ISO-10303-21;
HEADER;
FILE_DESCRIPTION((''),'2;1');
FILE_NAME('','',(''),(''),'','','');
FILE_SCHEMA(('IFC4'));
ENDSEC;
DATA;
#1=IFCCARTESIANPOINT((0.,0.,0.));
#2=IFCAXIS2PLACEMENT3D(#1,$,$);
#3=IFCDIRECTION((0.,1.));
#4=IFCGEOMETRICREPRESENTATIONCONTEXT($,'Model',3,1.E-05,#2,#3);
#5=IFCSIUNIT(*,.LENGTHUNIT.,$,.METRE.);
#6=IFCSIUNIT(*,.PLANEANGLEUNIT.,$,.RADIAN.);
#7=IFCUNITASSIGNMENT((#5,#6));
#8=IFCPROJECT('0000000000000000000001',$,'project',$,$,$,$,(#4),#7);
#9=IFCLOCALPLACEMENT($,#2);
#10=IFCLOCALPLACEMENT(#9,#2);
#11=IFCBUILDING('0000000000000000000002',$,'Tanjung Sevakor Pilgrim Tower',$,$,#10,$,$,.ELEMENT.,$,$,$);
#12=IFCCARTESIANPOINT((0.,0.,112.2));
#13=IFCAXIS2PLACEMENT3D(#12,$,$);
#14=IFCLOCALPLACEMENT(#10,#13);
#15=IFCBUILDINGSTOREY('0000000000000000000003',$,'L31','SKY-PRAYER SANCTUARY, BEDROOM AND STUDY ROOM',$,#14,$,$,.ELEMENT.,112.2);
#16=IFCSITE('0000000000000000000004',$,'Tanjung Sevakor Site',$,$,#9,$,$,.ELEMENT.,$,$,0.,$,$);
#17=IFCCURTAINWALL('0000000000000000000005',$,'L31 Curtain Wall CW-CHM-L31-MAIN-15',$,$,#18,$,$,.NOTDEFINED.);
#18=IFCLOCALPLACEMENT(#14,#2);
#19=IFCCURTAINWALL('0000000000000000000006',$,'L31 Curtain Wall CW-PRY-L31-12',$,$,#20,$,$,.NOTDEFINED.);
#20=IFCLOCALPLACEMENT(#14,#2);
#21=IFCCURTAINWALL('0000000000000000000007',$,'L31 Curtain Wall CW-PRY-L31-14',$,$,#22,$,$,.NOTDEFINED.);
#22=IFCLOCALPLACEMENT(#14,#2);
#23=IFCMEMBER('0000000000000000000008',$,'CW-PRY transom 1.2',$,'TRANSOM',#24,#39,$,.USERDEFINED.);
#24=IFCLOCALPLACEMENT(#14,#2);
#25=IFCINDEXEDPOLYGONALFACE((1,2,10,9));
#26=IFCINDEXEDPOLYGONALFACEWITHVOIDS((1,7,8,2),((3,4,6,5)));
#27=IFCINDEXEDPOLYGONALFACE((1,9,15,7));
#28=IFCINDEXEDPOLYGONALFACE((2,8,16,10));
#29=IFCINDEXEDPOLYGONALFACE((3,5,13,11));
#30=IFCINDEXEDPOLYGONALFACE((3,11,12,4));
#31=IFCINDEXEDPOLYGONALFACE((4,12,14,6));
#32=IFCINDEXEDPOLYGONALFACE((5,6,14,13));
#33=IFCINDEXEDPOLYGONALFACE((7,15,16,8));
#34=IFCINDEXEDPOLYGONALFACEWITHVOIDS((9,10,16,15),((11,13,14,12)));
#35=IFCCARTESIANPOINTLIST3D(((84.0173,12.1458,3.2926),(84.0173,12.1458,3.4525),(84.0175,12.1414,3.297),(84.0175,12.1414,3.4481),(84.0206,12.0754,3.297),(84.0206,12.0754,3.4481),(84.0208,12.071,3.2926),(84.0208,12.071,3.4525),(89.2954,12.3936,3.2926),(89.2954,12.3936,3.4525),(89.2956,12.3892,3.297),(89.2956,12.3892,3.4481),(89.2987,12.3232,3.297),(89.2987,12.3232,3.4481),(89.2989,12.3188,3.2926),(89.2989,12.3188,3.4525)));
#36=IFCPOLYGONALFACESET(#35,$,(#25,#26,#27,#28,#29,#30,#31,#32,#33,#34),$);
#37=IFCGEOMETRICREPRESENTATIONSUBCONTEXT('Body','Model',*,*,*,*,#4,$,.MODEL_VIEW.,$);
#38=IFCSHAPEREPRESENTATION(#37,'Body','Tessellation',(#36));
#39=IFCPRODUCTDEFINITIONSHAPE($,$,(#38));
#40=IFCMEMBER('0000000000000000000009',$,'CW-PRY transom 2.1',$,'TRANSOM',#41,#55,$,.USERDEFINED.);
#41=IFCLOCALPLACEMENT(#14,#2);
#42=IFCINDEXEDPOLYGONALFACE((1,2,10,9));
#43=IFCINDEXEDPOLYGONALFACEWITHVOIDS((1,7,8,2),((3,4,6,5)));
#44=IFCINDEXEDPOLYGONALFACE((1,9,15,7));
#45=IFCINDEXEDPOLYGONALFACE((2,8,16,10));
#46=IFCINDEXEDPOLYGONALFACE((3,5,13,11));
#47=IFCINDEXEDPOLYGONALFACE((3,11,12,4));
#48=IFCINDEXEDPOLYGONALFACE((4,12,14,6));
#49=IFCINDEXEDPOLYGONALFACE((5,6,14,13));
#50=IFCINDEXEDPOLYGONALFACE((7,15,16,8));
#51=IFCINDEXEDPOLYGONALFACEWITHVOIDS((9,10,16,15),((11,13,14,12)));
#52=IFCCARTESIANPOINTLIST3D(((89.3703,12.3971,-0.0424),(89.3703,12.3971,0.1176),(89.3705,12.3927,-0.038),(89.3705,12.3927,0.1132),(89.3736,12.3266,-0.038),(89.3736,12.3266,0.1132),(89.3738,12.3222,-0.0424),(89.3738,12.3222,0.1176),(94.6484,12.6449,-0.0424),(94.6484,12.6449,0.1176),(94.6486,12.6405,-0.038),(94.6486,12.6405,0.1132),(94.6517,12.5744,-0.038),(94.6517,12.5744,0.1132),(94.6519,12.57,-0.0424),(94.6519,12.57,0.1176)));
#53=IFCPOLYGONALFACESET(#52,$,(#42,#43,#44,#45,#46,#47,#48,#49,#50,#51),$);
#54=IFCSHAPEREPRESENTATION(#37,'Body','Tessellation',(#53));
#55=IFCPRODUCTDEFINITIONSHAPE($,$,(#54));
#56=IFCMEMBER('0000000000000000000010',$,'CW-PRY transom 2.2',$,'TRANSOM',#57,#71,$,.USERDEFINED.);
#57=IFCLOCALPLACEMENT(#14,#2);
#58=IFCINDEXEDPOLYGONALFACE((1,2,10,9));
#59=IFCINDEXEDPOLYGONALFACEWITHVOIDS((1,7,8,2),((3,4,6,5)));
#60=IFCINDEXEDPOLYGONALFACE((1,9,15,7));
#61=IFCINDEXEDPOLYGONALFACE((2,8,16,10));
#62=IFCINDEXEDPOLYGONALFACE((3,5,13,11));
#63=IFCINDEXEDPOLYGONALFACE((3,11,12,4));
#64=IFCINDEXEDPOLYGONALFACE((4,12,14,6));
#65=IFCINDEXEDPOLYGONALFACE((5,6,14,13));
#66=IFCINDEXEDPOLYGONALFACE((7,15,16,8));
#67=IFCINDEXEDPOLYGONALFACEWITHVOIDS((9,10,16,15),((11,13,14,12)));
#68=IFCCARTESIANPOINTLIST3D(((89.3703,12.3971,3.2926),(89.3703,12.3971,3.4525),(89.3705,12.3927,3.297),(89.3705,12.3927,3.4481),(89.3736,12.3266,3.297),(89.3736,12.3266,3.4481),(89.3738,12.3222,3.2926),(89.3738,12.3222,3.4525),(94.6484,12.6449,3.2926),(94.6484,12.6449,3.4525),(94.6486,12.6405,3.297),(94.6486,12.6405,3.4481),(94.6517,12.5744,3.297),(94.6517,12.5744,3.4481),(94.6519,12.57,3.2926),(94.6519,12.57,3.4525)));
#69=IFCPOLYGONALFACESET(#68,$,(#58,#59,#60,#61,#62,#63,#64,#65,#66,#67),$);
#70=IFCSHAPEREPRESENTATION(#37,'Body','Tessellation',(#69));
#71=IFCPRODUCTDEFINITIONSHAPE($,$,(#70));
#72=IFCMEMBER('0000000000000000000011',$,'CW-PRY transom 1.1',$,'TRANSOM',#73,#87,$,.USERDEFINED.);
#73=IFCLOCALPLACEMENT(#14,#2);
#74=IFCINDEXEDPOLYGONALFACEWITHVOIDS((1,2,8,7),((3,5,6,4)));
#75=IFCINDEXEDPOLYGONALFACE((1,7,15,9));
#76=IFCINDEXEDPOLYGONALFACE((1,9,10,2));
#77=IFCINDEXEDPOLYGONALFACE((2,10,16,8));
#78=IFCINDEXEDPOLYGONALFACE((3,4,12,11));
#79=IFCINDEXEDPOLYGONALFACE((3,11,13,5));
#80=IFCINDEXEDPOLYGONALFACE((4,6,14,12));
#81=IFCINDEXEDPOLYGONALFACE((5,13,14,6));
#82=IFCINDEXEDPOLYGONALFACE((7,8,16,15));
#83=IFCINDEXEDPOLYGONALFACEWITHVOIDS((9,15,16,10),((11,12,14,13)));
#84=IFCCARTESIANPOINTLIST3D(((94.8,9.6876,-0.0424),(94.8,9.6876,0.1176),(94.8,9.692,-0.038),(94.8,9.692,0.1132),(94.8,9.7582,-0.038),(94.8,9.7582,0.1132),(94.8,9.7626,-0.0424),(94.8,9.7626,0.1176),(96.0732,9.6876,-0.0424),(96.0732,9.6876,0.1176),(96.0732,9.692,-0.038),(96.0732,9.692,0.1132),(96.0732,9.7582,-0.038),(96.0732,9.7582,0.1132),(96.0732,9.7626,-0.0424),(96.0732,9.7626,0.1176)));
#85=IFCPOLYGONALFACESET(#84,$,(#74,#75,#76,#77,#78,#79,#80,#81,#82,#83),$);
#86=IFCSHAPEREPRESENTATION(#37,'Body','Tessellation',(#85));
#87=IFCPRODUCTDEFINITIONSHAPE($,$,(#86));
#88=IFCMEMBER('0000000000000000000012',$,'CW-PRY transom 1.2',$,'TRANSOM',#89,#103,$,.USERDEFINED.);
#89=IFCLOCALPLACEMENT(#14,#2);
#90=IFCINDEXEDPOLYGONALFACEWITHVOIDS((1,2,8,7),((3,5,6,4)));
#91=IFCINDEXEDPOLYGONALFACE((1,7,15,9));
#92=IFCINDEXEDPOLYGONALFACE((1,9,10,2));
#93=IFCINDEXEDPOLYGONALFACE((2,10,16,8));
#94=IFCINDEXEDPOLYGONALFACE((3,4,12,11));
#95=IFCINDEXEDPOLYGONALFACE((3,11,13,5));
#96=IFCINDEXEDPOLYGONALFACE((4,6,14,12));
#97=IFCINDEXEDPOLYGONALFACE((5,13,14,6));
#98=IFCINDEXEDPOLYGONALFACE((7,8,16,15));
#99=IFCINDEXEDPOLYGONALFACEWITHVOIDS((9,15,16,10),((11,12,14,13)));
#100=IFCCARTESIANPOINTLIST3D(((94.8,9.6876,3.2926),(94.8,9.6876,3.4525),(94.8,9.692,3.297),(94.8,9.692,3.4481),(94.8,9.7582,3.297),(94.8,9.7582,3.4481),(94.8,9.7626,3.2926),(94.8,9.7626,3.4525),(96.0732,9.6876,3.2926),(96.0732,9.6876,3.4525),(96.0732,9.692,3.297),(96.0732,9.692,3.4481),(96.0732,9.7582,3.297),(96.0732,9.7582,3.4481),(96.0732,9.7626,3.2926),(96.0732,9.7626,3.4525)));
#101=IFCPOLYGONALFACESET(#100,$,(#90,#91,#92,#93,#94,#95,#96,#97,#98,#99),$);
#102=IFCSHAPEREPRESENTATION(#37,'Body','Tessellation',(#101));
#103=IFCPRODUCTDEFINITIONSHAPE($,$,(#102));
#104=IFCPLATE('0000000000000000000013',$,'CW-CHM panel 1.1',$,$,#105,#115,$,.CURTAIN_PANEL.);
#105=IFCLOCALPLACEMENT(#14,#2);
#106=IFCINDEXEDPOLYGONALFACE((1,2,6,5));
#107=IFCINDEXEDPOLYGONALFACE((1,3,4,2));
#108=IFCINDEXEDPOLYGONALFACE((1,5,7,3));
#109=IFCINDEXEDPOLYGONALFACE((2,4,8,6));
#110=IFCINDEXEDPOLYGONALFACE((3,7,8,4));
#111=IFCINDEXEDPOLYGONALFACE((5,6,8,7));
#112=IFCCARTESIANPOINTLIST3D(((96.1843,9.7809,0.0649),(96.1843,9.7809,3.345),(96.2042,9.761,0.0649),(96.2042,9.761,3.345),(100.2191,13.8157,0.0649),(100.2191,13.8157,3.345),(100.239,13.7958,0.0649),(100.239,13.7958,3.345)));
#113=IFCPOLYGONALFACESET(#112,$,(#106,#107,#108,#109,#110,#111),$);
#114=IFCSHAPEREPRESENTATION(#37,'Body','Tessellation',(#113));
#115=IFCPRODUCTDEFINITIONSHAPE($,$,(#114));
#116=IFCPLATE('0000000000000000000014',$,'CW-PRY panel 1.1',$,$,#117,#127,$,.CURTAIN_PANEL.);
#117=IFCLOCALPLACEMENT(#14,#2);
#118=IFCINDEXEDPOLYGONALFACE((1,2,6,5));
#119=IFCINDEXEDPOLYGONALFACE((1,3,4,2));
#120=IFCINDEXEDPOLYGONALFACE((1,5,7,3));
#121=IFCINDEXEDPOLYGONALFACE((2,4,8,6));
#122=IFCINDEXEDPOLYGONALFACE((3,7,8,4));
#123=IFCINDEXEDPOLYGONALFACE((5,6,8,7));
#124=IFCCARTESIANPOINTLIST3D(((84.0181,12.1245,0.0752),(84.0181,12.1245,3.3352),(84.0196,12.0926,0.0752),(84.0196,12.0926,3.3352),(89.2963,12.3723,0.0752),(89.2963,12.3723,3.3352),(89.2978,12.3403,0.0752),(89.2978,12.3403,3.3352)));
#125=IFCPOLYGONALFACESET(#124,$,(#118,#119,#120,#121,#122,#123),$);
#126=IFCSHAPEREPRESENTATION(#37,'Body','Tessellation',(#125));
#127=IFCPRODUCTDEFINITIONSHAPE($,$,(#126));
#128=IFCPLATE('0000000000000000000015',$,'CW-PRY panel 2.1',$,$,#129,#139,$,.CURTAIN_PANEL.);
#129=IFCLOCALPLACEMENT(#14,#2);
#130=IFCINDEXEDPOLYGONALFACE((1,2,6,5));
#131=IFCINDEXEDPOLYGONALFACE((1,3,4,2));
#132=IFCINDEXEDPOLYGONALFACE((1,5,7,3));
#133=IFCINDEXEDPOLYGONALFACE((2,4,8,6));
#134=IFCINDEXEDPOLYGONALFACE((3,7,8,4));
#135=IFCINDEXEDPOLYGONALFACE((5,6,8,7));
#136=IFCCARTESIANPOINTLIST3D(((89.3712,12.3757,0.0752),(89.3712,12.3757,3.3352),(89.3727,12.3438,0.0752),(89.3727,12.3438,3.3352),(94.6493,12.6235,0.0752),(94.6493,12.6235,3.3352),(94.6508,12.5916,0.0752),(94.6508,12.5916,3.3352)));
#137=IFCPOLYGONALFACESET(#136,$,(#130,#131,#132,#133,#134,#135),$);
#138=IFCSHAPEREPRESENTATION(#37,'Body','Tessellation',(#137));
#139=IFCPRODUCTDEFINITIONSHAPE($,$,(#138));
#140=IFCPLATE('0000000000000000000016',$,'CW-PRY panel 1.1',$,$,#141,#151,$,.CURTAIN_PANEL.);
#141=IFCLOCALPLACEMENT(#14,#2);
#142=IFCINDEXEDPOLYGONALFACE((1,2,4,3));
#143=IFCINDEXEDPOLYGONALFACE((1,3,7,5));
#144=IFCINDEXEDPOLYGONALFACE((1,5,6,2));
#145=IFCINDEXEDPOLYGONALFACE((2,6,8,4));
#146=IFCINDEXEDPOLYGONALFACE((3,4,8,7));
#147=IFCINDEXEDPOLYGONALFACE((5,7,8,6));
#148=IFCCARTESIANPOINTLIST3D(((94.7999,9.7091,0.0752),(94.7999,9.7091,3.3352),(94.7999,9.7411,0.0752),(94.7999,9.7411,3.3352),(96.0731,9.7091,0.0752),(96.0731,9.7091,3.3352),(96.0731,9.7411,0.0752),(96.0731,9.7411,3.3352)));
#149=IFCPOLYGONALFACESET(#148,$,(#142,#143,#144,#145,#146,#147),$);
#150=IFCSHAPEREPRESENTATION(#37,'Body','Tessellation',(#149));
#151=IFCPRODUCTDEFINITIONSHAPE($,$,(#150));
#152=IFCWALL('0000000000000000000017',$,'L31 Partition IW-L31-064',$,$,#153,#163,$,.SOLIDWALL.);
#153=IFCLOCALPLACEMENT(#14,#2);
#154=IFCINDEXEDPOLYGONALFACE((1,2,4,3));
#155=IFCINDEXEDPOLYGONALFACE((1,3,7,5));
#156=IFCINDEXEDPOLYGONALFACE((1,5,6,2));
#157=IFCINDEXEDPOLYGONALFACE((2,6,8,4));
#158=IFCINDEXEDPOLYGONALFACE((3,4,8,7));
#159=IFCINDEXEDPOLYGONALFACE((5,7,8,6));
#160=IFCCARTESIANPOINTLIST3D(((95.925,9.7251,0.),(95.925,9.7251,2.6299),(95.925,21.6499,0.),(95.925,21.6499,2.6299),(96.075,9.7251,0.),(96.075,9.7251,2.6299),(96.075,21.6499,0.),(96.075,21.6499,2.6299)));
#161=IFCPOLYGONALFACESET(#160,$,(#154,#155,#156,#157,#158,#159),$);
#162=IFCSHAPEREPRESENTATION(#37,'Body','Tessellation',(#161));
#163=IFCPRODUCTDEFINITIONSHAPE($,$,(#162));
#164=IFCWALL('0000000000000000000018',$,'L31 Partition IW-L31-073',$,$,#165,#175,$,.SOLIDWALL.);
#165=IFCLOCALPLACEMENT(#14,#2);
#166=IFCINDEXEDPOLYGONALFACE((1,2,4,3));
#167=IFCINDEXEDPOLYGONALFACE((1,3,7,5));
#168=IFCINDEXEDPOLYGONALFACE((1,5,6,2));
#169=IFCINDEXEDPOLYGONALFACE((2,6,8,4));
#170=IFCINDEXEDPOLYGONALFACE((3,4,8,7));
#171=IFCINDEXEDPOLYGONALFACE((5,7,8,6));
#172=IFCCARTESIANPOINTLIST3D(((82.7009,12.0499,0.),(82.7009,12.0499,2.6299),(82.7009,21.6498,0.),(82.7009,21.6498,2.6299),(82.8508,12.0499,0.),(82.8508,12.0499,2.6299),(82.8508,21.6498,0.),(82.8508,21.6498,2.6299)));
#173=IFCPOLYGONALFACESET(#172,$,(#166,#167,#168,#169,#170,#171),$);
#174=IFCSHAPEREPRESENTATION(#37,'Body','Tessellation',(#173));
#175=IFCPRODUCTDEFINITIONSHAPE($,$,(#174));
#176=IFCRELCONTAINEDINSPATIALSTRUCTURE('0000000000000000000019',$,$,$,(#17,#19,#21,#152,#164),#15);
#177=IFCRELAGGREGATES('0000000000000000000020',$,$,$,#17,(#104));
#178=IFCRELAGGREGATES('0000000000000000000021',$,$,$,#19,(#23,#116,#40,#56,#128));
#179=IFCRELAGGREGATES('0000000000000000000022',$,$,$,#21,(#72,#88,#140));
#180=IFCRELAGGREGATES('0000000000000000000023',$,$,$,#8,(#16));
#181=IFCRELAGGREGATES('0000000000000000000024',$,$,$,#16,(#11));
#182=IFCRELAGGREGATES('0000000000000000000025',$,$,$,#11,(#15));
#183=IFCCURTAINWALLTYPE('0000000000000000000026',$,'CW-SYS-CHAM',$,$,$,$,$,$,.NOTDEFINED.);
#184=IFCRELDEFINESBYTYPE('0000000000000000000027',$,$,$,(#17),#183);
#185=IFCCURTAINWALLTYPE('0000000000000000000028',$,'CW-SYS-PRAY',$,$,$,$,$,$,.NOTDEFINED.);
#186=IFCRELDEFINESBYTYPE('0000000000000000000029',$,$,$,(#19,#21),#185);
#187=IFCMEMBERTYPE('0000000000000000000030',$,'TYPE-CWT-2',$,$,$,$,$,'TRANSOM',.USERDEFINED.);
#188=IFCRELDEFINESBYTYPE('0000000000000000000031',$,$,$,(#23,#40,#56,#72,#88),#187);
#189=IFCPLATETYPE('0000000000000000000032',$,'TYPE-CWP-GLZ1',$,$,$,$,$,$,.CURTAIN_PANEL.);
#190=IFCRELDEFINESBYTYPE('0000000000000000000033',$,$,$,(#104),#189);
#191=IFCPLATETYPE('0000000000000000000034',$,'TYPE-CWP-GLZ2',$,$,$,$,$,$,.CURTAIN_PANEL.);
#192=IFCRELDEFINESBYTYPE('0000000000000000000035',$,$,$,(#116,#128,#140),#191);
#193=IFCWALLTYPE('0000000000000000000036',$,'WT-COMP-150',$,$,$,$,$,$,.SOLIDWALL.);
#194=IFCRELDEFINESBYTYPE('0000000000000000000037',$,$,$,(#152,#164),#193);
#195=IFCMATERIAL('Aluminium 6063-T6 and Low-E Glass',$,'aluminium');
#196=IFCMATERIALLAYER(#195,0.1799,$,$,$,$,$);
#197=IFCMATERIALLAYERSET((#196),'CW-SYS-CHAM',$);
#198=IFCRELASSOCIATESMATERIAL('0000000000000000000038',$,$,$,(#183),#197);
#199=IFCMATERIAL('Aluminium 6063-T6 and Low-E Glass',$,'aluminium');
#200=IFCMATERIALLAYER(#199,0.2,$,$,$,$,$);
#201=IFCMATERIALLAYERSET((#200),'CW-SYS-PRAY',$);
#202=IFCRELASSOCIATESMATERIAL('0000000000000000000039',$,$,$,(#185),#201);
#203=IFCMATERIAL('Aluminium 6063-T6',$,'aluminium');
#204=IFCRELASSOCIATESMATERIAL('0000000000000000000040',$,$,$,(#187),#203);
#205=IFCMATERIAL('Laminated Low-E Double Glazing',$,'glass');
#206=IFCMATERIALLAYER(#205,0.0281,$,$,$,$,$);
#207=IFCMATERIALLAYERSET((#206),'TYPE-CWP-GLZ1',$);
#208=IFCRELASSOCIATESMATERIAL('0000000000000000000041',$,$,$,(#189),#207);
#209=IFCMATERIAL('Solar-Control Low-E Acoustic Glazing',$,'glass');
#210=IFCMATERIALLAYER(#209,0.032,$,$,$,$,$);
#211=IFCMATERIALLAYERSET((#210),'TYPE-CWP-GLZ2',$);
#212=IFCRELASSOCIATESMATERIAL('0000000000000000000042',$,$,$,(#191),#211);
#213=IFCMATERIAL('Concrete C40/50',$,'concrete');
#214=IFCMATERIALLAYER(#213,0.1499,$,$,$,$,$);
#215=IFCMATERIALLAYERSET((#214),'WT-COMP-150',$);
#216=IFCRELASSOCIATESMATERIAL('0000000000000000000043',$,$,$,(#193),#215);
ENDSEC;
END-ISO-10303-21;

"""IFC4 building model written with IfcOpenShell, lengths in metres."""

from ifc_helpers import new_model, si_unit, direction, frame, frame_2d, origin, origin_2d, place, context, subcontext, project, spatial, rectangle, hollow_rectangle, extrude, material, layer, layer_set, material_profile, profile_set, type_object, element, aggregate, save


model = new_model("IFC4")

# Units and contexts
model_context = context("Model", 3, precision=1e-05, world=origin(), true_north=direction((0.0, 1.0)))
body_context = subcontext(model_context, "Body", "Model", "MODEL_VIEW")
ifc_project = project(units=[si_unit("LENGTHUNIT", "METRE"), si_unit("PLANEANGLEUNIT", "RADIAN")], contexts=[model_context])

# Site, building, storey
site_placement = place(None, origin())
site = spatial("IfcSite", under=ifc_project, at=site_placement, Name="Tanjung Sevakor Site", CompositionType="ELEMENT", RefElevation=0.0)
building_placement = place(site_placement, origin())
building = spatial("IfcBuilding", under=site, at=building_placement, Name="Tanjung Sevakor Pilgrim Tower", CompositionType="ELEMENT")
storey_placement = place(building_placement, frame((0.0, 0.0, 112.2)))
storey = spatial("IfcBuildingStorey", under=building, at=storey_placement, Name="L31", Description="SKY-PRAYER SANCTUARY, BEDROOM AND STUDY ROOM", CompositionType="ELEMENT", Elevation=112.2)

# Curtain wall
ifc_material_1 = material(Name="Aluminium 6063-T6 and Low-E Glass", Category="aluminium")
ifc_layer_1 = layer(ifc_material_1, 0.1799)
ifc_layer_set_1 = layer_set([ifc_layer_1], Name="CW-SYS-CHAM")
curtain_wall_type_1 = type_object("IfcCurtainWallType", Name="CW-SYS-CHAM", PredefinedType="NOTDEFINED", material=ifc_layer_set_1)
curtain_wall_1_placement = place(storey_placement, origin())
curtain_wall_1 = element("IfcCurtainWall", 1, at=curtain_wall_1_placement, inside=storey, type_object=curtain_wall_type_1, Name="L31 Curtain Wall CW-CHM-L31-MAIN-15", PredefinedType="NOTDEFINED")
ifc_material_2 = material(Name="Aluminium 6063-T6 and Low-E Glass", Category="aluminium")
ifc_layer_2 = layer(ifc_material_2, 0.2)
ifc_layer_set_2 = layer_set([ifc_layer_2], Name="CW-SYS-PRAY")
curtain_wall_type_2 = type_object("IfcCurtainWallType", Name="CW-SYS-PRAY", PredefinedType="NOTDEFINED", material=ifc_layer_set_2)

# Curtain walls
curtain_wall_2_placement = place(storey_placement, origin())
curtain_wall_2 = element("IfcCurtainWall", 2, at=curtain_wall_2_placement, inside=storey, type_object=curtain_wall_type_2, Name="L31 Curtain Wall CW-PRY-L31-12", PredefinedType="NOTDEFINED")
curtain_wall_3_placement = place(storey_placement, origin())
curtain_wall_3 = element("IfcCurtainWall", 3, at=curtain_wall_3_placement, inside=storey, type_object=curtain_wall_type_2, Name="L31 Curtain Wall CW-PRY-L31-14", PredefinedType="NOTDEFINED")

# Members
ifc_material_3 = material(Name="Aluminium 6063-T6", Category="aluminium")
ifc_material_profile_1 = material_profile(ifc_material_3, hollow_rectangle(XDim=0.075, YDim=0.1599, WallThickness=0.0044, at=origin_2d()))
ifc_profile_set_1 = profile_set([ifc_material_profile_1], Name="Aluminium 6063-T6")
member_type_1 = type_object("IfcMemberType", Name="TYPE-CWT-2", ElementType="TRANSOM", PredefinedType="USERDEFINED", material=ifc_profile_set_1)
member_1_placement = place(storey_placement, frame((84.019, 12.1084, 3.3726), z_axis=(0.9989, 0.046898, 0.0), x_axis=(-0.046898, 0.9989, 0.0)))
member_1 = element("IfcMember", 4, at=member_1_placement, type_object=member_type_1, Name="CW-PRY transom 1.2", ObjectType="TRANSOM", PredefinedType="USERDEFINED", context=body_context, shape_type="SweptSolid", body=[
    extrude(hollow_rectangle(XDim=0.075, YDim=0.1599, WallThickness=0.0044, at=origin_2d()), origin(), (0.0, 0.0, 1.0), 5.2839),
])
member_2_placement = place(storey_placement, frame((89.3721, 12.3596, 0.0376), z_axis=(0.9989, 0.046898, 0.0), x_axis=(-0.046898, 0.9989, 0.0)))
member_2 = element("IfcMember", 5, at=member_2_placement, type_object=member_type_1, Name="CW-PRY transom 2.1", ObjectType="TRANSOM", PredefinedType="USERDEFINED", context=body_context, shape_type="SweptSolid", body=[
    extrude(hollow_rectangle(XDim=0.075, YDim=0.1599, WallThickness=0.0044, at=origin_2d()), origin(), (0.0, 0.0, 1.0), 5.2839),
])
member_3_placement = place(storey_placement, frame((89.3721, 12.3596, 3.3726), z_axis=(0.9989, 0.046898, 0.0), x_axis=(-0.046898, 0.9989, 0.0)))
member_3 = element("IfcMember", 6, at=member_3_placement, type_object=member_type_1, Name="CW-PRY transom 2.2", ObjectType="TRANSOM", PredefinedType="USERDEFINED", context=body_context, shape_type="SweptSolid", body=[
    extrude(hollow_rectangle(XDim=0.075, YDim=0.1599, WallThickness=0.0044, at=origin_2d()), origin(), (0.0, 0.0, 1.0), 5.2839),
])
member_4_placement = place(storey_placement, frame((94.8, 9.7251, 0.0376), z_axis=(1.0, 0.0, 0.0), x_axis=(0.0, 1.0, 0.0)))
member_4 = element("IfcMember", 7, at=member_4_placement, type_object=member_type_1, Name="CW-PRY transom 1.1", ObjectType="TRANSOM", PredefinedType="USERDEFINED", context=body_context, shape_type="SweptSolid", body=[
    extrude(hollow_rectangle(XDim=0.075, YDim=0.1599, WallThickness=0.0044, at=origin_2d()), origin(), (0.0, 0.0, 1.0), 1.2732),
])
member_5_placement = place(storey_placement, frame((94.8, 9.7251, 3.3726), z_axis=(1.0, 0.0, 0.0), x_axis=(0.0, 1.0, 0.0)))
member_5 = element("IfcMember", 8, at=member_5_placement, type_object=member_type_1, Name="CW-PRY transom 1.2", ObjectType="TRANSOM", PredefinedType="USERDEFINED", context=body_context, shape_type="SweptSolid", body=[
    extrude(hollow_rectangle(XDim=0.075, YDim=0.1599, WallThickness=0.0044, at=origin_2d()), origin(), (0.0, 0.0, 1.0), 1.2732),
])

# Plates
ifc_material_4 = material(Name="Laminated Low-E Double Glazing", Category="glass")
ifc_layer_3 = layer(ifc_material_4, 0.0281)
ifc_layer_set_3 = layer_set([ifc_layer_3], Name="TYPE-CWP-GLZ1")
plate_type_1 = type_object("IfcPlateType", Name="TYPE-CWP-GLZ1", PredefinedType="CURTAIN_PANEL", material=ifc_layer_set_3)
plate_1_placement = place(storey_placement, frame((98.2117, 11.7883, 0.0649), z_axis=(0.0, 0.0, 1.0), x_axis=(0.707107, 0.707107, 0.0)))
plate_1 = element("IfcPlate", 9, at=plate_1_placement, type_object=plate_type_1, Name="CW-CHM panel 1.1", PredefinedType="CURTAIN_PANEL", context=body_context, shape_type="SweptSolid", body=[
    extrude(rectangle(XDim=5.7061, YDim=0.0281, at=origin_2d()), origin(), (0.0, 0.0, 1.0), 3.28),
])
aggregate(curtain_wall_1, [plate_1])
ifc_material_5 = material(Name="Solar-Control Low-E Acoustic Glazing", Category="glass")
ifc_layer_4 = layer(ifc_material_5, 0.032)
ifc_layer_set_4 = layer_set([ifc_layer_4], Name="TYPE-CWP-GLZ2")
plate_type_2 = type_object("IfcPlateType", Name="TYPE-CWP-GLZ2", PredefinedType="CURTAIN_PANEL", material=ifc_layer_set_4)
plate_2_placement = place(storey_placement, frame((86.658, 12.2324, 0.0752), z_axis=(0.0, 0.0, 1.0), x_axis=(0.9989, 0.046892, 0.0)))
plate_2 = element("IfcPlate", 10, at=plate_2_placement, type_object=plate_type_2, Name="CW-PRY panel 1.1", PredefinedType="CURTAIN_PANEL", context=body_context, shape_type="SweptSolid", body=[
    extrude(rectangle(XDim=5.2839, YDim=0.032, at=origin_2d()), origin(), (0.0, 0.0, 1.0), 3.26),
])
plate_3_placement = place(storey_placement, frame((92.011, 12.4836, 0.0752), z_axis=(0.0, 0.0, 1.0), x_axis=(0.9989, 0.046892, 0.0)))
plate_3 = element("IfcPlate", 11, at=plate_3_placement, type_object=plate_type_2, Name="CW-PRY panel 2.1", PredefinedType="CURTAIN_PANEL", context=body_context, shape_type="SweptSolid", body=[
    extrude(rectangle(XDim=5.2839, YDim=0.032, at=origin_2d()), origin(), (0.0, 0.0, 1.0), 3.26),
])
aggregate(curtain_wall_2, [member_1, plate_2, member_2, member_3, plate_3])
plate_4_placement = place(storey_placement, frame((95.4365, 9.7251, 0.0752), z_axis=(0.0, 0.0, 1.0), x_axis=(1.0, 0.0, 0.0)))
plate_4 = element("IfcPlate", 12, at=plate_4_placement, type_object=plate_type_2, Name="CW-PRY panel 1.1", PredefinedType="CURTAIN_PANEL", context=body_context, shape_type="SweptSolid", body=[
    extrude(rectangle(XDim=1.2732, YDim=0.032, at=origin_2d()), origin(), (0.0, 0.0, 1.0), 3.26),
])
aggregate(curtain_wall_3, [member_4, member_5, plate_4])

# Walls
ifc_material_6 = material(Name="Concrete C40/50", Category="concrete")
ifc_layer_5 = layer(ifc_material_6, 0.1499)
ifc_layer_set_5 = layer_set([ifc_layer_5], Name="WT-COMP-150")
wall_type_1 = type_object("IfcWallType", Name="WT-COMP-150", PredefinedType="SOLIDWALL", material=ifc_layer_set_5)
wall_1_placement = place(storey_placement, frame((96.0, 9.7251, 0.0), z_axis=(0.0, 0.0, 1.0), x_axis=(0.0, 1.0, 0.0)))
element("IfcWall", 13, at=wall_1_placement, inside=storey, type_object=wall_type_1, Name="L31 Partition IW-L31-064", PredefinedType="SOLIDWALL", context=body_context, shape_type="SweptSolid", body=[
    extrude(rectangle(XDim=11.9248, YDim=0.1499, at=frame_2d((5.9624, 0.0))), origin(), (0.0, 0.0, 1.0), 2.6299),
])
wall_2_placement = place(storey_placement, frame((82.7759, 12.05, 0.0), z_axis=(0.0, 0.0, 1.0), x_axis=(0.0, 1.0, 0.0)))
element("IfcWall", 14, at=wall_2_placement, inside=storey, type_object=wall_type_1, Name="L31 Partition IW-L31-073", PredefinedType="SOLIDWALL", context=body_context, shape_type="SweptSolid", body=[
    extrude(rectangle(XDim=9.5999, YDim=0.1499, at=frame_2d((4.7998, 0.0))), origin(), (0.0, 0.0, 1.0), 2.6299),
])

save(model, "model.ifc")
